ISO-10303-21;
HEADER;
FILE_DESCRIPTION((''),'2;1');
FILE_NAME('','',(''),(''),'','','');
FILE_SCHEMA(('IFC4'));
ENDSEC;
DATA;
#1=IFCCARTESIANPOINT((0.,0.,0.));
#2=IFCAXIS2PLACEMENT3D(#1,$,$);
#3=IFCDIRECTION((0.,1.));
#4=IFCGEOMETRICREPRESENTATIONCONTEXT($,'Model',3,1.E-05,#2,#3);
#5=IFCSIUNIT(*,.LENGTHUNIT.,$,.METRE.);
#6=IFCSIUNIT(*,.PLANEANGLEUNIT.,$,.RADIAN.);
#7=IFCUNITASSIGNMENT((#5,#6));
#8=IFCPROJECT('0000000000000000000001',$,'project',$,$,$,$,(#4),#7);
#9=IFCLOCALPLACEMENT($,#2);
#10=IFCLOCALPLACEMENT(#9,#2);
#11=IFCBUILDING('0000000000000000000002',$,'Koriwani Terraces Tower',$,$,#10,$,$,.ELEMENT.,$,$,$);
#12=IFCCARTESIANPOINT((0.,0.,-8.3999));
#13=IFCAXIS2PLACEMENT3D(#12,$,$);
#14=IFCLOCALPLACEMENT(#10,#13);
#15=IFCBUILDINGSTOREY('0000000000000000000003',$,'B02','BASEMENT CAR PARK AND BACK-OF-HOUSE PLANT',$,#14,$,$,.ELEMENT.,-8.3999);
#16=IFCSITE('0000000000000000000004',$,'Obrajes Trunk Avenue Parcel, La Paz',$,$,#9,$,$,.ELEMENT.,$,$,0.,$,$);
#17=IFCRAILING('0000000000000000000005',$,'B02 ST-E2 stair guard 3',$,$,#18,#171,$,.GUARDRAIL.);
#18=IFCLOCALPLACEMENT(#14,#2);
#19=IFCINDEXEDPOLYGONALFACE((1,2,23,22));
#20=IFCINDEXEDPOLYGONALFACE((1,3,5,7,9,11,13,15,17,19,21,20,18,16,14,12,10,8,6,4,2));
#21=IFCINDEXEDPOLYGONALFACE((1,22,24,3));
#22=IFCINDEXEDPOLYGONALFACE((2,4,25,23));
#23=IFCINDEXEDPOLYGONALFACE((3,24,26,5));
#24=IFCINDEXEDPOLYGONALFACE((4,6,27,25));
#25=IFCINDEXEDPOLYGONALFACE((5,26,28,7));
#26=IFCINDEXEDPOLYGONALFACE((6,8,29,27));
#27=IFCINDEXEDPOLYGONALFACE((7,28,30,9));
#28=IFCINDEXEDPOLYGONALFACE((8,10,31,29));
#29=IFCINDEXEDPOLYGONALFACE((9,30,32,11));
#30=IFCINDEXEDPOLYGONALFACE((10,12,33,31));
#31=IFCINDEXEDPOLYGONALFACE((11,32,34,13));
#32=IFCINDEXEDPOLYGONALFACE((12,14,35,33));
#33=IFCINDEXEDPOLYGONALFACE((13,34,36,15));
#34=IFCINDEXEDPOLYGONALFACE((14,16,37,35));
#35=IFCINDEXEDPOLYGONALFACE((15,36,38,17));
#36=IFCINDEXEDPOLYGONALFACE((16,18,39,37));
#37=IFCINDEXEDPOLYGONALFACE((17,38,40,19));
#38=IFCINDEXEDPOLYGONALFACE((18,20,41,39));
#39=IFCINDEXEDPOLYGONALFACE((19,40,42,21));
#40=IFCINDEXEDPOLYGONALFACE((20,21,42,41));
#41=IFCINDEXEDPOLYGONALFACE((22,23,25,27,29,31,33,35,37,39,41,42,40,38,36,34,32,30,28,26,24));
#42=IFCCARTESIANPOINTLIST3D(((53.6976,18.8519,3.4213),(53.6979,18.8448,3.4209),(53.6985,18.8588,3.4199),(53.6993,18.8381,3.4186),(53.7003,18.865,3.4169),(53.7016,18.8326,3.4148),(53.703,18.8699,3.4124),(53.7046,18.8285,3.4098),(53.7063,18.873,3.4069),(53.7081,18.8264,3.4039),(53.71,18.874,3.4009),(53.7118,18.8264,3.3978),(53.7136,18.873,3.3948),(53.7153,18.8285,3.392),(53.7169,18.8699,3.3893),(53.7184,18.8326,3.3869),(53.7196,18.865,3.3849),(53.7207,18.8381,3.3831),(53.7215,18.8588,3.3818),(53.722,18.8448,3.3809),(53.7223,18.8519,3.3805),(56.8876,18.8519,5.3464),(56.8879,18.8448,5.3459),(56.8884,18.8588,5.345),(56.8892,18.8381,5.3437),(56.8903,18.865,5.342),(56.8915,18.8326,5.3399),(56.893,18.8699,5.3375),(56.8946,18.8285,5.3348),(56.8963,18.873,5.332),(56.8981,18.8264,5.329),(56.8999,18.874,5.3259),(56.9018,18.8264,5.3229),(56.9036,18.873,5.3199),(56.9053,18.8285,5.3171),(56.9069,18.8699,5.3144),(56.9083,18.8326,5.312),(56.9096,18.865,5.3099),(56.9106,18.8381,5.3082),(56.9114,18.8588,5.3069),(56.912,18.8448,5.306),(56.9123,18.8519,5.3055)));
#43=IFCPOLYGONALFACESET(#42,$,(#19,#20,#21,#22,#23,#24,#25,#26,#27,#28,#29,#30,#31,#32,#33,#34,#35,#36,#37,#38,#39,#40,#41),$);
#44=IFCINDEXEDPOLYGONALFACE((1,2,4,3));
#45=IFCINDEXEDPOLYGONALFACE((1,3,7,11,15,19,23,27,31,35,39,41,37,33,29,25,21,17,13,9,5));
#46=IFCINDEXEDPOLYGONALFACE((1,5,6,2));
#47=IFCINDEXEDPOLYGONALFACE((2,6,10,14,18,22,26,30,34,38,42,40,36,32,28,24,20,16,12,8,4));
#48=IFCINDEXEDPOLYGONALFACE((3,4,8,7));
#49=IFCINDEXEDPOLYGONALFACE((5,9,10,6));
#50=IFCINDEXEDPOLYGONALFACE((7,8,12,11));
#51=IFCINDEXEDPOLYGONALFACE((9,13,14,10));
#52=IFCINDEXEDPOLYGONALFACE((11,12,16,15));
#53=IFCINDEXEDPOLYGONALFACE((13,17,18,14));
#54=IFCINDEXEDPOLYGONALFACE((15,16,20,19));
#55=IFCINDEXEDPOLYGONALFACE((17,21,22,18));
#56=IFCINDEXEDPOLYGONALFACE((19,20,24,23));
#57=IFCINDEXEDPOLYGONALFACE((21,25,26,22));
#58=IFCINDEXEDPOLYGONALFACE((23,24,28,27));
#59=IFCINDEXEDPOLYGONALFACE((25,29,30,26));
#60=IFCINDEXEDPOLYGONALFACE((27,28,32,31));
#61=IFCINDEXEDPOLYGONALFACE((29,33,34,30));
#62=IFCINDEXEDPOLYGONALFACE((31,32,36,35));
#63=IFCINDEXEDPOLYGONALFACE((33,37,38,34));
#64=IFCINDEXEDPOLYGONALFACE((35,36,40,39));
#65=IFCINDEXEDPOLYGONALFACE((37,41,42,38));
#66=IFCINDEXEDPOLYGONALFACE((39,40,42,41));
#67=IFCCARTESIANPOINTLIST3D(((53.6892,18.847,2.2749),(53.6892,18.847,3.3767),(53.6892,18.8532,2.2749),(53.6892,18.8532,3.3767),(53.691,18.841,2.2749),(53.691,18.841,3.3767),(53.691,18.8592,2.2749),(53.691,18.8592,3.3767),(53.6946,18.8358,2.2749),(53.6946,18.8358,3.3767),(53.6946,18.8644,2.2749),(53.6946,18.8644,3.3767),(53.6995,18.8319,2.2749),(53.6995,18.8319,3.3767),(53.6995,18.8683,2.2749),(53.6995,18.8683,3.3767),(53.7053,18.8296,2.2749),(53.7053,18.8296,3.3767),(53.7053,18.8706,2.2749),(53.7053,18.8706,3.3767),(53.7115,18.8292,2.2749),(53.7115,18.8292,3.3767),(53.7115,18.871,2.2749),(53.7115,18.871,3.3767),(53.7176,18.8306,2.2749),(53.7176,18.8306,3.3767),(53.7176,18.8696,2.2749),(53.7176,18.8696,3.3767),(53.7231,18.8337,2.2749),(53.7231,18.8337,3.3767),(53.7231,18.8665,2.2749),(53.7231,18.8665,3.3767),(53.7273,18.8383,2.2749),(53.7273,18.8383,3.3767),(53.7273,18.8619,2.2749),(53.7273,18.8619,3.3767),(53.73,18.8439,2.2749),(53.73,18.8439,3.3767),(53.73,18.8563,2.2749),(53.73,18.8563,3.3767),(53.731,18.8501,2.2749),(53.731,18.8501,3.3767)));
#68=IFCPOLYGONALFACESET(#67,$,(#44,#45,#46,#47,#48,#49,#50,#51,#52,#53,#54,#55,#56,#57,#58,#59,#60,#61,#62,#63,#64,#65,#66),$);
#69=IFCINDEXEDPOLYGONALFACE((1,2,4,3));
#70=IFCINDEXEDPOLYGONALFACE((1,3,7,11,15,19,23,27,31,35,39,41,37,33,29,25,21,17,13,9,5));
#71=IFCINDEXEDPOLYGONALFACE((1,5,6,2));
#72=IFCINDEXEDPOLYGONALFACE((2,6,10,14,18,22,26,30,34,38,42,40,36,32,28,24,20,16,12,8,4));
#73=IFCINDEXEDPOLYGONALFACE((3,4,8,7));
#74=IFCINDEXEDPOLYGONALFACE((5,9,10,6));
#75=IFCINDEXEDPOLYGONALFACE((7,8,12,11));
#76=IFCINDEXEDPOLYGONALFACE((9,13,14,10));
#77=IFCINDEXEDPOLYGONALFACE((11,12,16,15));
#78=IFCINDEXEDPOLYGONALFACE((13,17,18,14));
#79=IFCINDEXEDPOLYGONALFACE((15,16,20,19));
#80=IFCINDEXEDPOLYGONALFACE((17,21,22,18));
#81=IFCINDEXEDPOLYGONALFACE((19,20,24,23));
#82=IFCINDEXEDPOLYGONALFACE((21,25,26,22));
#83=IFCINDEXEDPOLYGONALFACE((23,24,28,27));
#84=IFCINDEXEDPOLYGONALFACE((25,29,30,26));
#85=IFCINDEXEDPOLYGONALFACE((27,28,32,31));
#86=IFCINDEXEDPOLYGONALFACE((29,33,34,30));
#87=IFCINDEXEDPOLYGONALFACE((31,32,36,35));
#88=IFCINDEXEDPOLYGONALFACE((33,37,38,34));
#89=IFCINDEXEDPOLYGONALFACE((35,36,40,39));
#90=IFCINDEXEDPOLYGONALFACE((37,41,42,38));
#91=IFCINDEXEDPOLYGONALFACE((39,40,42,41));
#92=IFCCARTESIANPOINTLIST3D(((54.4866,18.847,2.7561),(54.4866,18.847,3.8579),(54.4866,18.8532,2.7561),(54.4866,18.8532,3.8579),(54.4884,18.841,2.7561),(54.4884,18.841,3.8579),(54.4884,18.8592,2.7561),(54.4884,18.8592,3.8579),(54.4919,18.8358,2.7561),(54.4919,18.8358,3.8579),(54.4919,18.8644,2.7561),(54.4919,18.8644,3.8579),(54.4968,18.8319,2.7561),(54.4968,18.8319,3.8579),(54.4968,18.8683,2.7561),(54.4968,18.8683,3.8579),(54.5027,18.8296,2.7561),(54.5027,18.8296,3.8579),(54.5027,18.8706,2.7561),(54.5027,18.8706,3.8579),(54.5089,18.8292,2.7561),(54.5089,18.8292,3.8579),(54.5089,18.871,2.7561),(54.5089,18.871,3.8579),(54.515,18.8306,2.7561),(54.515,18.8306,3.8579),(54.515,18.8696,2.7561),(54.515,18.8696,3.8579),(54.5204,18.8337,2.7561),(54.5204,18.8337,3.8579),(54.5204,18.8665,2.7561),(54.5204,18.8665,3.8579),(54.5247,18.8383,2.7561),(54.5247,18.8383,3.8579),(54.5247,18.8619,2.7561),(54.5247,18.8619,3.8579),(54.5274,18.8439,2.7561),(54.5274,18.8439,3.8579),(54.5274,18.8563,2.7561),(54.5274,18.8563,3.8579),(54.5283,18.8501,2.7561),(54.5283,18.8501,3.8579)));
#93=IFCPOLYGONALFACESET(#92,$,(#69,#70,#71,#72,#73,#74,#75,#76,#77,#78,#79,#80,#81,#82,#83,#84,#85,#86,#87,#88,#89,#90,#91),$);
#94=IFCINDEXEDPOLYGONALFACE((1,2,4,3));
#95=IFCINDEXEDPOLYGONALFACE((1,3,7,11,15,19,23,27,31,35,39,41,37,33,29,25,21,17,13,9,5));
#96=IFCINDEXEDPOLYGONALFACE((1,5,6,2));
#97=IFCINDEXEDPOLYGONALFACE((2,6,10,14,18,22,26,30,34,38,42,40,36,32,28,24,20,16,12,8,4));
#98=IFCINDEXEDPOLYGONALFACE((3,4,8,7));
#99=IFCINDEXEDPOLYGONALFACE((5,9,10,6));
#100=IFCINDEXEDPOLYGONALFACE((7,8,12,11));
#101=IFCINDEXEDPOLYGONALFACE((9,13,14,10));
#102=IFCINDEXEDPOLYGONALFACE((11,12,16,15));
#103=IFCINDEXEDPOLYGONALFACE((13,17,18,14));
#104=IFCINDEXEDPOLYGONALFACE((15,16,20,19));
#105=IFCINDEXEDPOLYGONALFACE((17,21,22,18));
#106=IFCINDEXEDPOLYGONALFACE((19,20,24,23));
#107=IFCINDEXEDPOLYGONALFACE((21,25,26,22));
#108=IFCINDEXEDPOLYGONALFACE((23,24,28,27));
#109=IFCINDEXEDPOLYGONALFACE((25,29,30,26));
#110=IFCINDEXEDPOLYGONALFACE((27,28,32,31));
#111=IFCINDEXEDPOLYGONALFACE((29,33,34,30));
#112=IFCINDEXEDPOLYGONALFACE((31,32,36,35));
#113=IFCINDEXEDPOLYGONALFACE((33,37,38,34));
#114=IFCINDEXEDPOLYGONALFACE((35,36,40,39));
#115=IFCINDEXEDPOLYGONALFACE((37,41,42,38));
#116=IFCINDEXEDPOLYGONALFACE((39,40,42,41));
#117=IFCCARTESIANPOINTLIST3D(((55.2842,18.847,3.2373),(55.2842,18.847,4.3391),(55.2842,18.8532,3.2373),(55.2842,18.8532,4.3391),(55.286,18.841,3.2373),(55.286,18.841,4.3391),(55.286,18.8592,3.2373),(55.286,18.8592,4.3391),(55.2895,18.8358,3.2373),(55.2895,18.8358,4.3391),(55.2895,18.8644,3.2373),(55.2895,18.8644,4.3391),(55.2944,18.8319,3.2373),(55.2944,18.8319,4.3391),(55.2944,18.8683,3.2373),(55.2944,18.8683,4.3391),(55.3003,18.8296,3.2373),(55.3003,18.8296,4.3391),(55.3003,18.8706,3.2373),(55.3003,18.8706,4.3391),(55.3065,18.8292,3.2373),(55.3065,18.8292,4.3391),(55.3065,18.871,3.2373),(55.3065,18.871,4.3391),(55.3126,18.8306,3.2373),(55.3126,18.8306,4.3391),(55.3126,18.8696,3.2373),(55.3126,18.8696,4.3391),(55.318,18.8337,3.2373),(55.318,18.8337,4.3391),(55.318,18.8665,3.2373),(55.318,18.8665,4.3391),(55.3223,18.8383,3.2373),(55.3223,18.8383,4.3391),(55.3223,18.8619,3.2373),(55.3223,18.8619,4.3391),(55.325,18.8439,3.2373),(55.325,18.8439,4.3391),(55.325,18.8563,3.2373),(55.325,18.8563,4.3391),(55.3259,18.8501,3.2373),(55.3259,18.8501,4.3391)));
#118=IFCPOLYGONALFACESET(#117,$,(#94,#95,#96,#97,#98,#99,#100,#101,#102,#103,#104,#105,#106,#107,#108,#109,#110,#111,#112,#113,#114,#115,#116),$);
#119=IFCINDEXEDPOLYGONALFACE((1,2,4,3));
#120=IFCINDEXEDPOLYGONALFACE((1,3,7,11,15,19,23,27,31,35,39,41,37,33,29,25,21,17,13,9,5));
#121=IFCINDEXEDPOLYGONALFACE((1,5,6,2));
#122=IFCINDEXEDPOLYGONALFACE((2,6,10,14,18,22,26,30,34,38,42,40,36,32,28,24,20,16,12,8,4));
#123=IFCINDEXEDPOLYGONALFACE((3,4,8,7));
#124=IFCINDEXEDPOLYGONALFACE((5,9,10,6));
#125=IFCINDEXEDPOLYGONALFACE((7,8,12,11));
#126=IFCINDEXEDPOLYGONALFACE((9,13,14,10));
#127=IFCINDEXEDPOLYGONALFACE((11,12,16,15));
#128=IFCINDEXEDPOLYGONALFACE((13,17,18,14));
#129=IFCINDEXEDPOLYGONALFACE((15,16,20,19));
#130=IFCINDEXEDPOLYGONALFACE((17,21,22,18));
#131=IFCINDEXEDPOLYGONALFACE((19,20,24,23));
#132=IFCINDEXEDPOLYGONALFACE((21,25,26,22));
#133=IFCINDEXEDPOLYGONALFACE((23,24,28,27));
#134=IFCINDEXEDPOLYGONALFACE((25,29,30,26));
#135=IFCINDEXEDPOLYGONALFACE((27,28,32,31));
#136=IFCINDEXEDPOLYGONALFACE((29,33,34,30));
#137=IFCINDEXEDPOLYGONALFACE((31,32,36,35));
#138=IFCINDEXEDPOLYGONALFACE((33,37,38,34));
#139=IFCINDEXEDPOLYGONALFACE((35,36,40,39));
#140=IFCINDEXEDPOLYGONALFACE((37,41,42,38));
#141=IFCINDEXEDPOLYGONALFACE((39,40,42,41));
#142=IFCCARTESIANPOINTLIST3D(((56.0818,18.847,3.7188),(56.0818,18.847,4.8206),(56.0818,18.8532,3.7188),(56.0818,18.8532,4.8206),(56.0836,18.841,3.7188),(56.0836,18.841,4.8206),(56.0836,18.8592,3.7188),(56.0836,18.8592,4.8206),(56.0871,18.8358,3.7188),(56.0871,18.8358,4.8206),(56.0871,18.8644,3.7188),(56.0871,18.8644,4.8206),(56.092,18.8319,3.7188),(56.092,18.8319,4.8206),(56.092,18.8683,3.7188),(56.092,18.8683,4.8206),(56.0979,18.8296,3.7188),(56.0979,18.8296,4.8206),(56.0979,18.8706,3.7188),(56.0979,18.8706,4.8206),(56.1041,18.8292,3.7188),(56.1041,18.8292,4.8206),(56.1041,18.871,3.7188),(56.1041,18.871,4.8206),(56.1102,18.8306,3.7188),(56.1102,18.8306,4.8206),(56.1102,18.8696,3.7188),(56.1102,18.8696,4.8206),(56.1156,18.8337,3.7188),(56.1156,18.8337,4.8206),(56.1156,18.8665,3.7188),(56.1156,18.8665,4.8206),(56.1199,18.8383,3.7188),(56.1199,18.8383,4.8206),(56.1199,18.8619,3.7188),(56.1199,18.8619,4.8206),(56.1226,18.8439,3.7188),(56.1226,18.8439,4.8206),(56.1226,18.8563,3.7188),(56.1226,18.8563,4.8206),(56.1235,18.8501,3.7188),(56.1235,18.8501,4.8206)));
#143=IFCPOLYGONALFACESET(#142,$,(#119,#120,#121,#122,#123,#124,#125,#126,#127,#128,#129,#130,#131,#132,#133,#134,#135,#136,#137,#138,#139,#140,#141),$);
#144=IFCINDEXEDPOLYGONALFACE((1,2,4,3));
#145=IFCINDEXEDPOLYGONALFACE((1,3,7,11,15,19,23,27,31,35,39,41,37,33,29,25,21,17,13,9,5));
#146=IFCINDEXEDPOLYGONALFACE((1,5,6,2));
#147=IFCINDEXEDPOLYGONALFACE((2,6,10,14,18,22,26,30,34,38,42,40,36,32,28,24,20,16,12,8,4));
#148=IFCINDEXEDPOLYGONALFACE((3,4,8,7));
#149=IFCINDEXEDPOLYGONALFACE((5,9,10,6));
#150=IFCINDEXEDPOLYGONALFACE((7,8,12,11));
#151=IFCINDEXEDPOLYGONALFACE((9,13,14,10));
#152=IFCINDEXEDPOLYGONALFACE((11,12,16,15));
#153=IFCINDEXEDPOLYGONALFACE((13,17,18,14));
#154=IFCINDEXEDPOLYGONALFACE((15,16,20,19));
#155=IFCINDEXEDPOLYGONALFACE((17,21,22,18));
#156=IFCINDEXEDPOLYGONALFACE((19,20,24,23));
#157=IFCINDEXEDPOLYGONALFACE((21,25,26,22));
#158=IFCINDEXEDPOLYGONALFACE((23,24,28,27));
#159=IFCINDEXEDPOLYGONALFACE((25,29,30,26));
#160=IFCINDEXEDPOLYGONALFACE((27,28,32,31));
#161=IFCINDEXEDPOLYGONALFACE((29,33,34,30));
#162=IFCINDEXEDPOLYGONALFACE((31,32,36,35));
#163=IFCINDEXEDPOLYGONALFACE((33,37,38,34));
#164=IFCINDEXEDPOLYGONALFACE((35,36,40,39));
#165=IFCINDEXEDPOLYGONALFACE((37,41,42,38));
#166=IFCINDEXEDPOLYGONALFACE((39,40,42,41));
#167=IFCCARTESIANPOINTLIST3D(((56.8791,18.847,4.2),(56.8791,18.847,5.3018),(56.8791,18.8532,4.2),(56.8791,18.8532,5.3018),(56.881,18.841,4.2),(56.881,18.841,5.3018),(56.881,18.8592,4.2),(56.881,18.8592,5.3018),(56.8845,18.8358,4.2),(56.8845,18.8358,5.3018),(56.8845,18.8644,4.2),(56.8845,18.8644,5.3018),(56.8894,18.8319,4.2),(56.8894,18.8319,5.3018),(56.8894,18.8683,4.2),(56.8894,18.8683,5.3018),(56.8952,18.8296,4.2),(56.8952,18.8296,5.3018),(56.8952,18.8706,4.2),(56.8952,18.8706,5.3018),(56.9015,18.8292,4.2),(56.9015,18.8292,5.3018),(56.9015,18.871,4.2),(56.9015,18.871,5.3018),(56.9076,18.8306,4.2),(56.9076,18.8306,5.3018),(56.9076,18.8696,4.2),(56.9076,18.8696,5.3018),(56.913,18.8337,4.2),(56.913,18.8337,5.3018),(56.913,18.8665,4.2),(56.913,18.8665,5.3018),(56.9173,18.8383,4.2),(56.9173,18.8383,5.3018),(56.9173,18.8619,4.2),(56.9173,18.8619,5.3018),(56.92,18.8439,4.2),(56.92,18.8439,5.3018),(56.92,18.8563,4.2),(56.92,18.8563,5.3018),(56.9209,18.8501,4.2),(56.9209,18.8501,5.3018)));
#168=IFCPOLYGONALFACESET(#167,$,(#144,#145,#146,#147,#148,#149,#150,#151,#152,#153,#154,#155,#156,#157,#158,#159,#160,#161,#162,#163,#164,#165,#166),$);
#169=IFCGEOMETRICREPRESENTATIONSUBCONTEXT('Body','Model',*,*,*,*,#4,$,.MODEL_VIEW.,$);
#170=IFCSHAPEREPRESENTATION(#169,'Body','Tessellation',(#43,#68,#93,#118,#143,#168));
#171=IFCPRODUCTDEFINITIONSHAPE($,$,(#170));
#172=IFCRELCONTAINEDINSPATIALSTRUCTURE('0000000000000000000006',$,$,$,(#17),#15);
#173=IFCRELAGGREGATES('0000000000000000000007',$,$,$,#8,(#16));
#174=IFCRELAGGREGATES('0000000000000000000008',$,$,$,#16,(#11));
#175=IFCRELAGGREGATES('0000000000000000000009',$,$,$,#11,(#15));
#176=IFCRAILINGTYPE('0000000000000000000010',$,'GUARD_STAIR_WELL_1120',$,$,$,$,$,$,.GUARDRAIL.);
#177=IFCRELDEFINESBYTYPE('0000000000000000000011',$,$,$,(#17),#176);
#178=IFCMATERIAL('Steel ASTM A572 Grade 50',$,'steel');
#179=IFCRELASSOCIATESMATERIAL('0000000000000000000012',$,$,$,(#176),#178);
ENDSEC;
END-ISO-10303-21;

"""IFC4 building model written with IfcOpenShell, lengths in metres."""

from ifc_helpers import new_model, si_unit, direction, frame, origin, origin_2d, place, context, subcontext, project, spatial, circle, extrude, material, type_object, element, save


model = new_model("IFC4")

# Units and contexts
model_context = context("Model", 3, precision=1e-05, world=origin(), true_north=direction((0.0, 1.0)))
body_context = subcontext(model_context, "Body", "Model", "MODEL_VIEW")
ifc_project = project(units=[si_unit("LENGTHUNIT", "METRE"), si_unit("PLANEANGLEUNIT", "RADIAN")], contexts=[model_context])

# Site, building, storey
site_placement = place(None, origin())
site = spatial("IfcSite", under=ifc_project, at=site_placement, Name="Obrajes Trunk Avenue Parcel, La Paz", CompositionType="ELEMENT", RefElevation=0.0)
building_placement = place(site_placement, origin())
building = spatial("IfcBuilding", under=site, at=building_placement, Name="Koriwani Terraces Tower", CompositionType="ELEMENT")
storey_placement = place(building_placement, frame((0.0, 0.0, -8.3999)))
storey = spatial("IfcBuildingStorey", under=building, at=storey_placement, Name="B02", Description="BASEMENT CAR PARK AND BACK-OF-HOUSE PLANT", CompositionType="ELEMENT", Elevation=-8.3999)

# Shared definitions
ifc_material_1 = material(Name="Steel ASTM A572 Grade 50", Category="steel")

# Railing
railing_type_1 = type_object("IfcRailingType", Name="GUARD_STAIR_WELL_1120", PredefinedType="GUARDRAIL", material=ifc_material_1)
railing_1_placement = place(storey_placement, frame((53.71, 18.8501, 2.2749)))
element("IfcRailing", 1, at=railing_1_placement, inside=storey, type_object=railing_type_1, Name="B02 ST-E2 stair guard 3", PredefinedType="GUARDRAIL", context=body_context, shape_type="SweptSolid", body=[
    extrude(circle(Radius=0.0239, at=origin_2d()), frame((0.0, 0.0, 1.126), z_axis=(0.856178, 0.0, 0.516682), x_axis=(0.0, 1.0, 0.0)), (0.0, 0.0, 1.0), 3.7258),
    extrude(circle(Radius=0.021, at=origin_2d()), origin(), (0.0, 0.0, 1.0), 1.1018),
    extrude(circle(Radius=0.021, at=origin_2d()), frame((0.7974, 0.0, 0.4812)), (0.0, 0.0, 1.0), 1.1018),
    extrude(circle(Radius=0.021, at=origin_2d()), frame((1.595, 0.0, 0.9624)), (0.0, 0.0, 1.0), 1.1018),
    extrude(circle(Radius=0.021, at=origin_2d()), frame((2.3926, 0.0, 1.4438)), (0.0, 0.0, 1.0), 1.1018),
    extrude(circle(Radius=0.021, at=origin_2d()), frame((3.1899, 0.0, 1.925)), (0.0, 0.0, 1.0), 1.1018),
])

save(model, "model.ifc")
